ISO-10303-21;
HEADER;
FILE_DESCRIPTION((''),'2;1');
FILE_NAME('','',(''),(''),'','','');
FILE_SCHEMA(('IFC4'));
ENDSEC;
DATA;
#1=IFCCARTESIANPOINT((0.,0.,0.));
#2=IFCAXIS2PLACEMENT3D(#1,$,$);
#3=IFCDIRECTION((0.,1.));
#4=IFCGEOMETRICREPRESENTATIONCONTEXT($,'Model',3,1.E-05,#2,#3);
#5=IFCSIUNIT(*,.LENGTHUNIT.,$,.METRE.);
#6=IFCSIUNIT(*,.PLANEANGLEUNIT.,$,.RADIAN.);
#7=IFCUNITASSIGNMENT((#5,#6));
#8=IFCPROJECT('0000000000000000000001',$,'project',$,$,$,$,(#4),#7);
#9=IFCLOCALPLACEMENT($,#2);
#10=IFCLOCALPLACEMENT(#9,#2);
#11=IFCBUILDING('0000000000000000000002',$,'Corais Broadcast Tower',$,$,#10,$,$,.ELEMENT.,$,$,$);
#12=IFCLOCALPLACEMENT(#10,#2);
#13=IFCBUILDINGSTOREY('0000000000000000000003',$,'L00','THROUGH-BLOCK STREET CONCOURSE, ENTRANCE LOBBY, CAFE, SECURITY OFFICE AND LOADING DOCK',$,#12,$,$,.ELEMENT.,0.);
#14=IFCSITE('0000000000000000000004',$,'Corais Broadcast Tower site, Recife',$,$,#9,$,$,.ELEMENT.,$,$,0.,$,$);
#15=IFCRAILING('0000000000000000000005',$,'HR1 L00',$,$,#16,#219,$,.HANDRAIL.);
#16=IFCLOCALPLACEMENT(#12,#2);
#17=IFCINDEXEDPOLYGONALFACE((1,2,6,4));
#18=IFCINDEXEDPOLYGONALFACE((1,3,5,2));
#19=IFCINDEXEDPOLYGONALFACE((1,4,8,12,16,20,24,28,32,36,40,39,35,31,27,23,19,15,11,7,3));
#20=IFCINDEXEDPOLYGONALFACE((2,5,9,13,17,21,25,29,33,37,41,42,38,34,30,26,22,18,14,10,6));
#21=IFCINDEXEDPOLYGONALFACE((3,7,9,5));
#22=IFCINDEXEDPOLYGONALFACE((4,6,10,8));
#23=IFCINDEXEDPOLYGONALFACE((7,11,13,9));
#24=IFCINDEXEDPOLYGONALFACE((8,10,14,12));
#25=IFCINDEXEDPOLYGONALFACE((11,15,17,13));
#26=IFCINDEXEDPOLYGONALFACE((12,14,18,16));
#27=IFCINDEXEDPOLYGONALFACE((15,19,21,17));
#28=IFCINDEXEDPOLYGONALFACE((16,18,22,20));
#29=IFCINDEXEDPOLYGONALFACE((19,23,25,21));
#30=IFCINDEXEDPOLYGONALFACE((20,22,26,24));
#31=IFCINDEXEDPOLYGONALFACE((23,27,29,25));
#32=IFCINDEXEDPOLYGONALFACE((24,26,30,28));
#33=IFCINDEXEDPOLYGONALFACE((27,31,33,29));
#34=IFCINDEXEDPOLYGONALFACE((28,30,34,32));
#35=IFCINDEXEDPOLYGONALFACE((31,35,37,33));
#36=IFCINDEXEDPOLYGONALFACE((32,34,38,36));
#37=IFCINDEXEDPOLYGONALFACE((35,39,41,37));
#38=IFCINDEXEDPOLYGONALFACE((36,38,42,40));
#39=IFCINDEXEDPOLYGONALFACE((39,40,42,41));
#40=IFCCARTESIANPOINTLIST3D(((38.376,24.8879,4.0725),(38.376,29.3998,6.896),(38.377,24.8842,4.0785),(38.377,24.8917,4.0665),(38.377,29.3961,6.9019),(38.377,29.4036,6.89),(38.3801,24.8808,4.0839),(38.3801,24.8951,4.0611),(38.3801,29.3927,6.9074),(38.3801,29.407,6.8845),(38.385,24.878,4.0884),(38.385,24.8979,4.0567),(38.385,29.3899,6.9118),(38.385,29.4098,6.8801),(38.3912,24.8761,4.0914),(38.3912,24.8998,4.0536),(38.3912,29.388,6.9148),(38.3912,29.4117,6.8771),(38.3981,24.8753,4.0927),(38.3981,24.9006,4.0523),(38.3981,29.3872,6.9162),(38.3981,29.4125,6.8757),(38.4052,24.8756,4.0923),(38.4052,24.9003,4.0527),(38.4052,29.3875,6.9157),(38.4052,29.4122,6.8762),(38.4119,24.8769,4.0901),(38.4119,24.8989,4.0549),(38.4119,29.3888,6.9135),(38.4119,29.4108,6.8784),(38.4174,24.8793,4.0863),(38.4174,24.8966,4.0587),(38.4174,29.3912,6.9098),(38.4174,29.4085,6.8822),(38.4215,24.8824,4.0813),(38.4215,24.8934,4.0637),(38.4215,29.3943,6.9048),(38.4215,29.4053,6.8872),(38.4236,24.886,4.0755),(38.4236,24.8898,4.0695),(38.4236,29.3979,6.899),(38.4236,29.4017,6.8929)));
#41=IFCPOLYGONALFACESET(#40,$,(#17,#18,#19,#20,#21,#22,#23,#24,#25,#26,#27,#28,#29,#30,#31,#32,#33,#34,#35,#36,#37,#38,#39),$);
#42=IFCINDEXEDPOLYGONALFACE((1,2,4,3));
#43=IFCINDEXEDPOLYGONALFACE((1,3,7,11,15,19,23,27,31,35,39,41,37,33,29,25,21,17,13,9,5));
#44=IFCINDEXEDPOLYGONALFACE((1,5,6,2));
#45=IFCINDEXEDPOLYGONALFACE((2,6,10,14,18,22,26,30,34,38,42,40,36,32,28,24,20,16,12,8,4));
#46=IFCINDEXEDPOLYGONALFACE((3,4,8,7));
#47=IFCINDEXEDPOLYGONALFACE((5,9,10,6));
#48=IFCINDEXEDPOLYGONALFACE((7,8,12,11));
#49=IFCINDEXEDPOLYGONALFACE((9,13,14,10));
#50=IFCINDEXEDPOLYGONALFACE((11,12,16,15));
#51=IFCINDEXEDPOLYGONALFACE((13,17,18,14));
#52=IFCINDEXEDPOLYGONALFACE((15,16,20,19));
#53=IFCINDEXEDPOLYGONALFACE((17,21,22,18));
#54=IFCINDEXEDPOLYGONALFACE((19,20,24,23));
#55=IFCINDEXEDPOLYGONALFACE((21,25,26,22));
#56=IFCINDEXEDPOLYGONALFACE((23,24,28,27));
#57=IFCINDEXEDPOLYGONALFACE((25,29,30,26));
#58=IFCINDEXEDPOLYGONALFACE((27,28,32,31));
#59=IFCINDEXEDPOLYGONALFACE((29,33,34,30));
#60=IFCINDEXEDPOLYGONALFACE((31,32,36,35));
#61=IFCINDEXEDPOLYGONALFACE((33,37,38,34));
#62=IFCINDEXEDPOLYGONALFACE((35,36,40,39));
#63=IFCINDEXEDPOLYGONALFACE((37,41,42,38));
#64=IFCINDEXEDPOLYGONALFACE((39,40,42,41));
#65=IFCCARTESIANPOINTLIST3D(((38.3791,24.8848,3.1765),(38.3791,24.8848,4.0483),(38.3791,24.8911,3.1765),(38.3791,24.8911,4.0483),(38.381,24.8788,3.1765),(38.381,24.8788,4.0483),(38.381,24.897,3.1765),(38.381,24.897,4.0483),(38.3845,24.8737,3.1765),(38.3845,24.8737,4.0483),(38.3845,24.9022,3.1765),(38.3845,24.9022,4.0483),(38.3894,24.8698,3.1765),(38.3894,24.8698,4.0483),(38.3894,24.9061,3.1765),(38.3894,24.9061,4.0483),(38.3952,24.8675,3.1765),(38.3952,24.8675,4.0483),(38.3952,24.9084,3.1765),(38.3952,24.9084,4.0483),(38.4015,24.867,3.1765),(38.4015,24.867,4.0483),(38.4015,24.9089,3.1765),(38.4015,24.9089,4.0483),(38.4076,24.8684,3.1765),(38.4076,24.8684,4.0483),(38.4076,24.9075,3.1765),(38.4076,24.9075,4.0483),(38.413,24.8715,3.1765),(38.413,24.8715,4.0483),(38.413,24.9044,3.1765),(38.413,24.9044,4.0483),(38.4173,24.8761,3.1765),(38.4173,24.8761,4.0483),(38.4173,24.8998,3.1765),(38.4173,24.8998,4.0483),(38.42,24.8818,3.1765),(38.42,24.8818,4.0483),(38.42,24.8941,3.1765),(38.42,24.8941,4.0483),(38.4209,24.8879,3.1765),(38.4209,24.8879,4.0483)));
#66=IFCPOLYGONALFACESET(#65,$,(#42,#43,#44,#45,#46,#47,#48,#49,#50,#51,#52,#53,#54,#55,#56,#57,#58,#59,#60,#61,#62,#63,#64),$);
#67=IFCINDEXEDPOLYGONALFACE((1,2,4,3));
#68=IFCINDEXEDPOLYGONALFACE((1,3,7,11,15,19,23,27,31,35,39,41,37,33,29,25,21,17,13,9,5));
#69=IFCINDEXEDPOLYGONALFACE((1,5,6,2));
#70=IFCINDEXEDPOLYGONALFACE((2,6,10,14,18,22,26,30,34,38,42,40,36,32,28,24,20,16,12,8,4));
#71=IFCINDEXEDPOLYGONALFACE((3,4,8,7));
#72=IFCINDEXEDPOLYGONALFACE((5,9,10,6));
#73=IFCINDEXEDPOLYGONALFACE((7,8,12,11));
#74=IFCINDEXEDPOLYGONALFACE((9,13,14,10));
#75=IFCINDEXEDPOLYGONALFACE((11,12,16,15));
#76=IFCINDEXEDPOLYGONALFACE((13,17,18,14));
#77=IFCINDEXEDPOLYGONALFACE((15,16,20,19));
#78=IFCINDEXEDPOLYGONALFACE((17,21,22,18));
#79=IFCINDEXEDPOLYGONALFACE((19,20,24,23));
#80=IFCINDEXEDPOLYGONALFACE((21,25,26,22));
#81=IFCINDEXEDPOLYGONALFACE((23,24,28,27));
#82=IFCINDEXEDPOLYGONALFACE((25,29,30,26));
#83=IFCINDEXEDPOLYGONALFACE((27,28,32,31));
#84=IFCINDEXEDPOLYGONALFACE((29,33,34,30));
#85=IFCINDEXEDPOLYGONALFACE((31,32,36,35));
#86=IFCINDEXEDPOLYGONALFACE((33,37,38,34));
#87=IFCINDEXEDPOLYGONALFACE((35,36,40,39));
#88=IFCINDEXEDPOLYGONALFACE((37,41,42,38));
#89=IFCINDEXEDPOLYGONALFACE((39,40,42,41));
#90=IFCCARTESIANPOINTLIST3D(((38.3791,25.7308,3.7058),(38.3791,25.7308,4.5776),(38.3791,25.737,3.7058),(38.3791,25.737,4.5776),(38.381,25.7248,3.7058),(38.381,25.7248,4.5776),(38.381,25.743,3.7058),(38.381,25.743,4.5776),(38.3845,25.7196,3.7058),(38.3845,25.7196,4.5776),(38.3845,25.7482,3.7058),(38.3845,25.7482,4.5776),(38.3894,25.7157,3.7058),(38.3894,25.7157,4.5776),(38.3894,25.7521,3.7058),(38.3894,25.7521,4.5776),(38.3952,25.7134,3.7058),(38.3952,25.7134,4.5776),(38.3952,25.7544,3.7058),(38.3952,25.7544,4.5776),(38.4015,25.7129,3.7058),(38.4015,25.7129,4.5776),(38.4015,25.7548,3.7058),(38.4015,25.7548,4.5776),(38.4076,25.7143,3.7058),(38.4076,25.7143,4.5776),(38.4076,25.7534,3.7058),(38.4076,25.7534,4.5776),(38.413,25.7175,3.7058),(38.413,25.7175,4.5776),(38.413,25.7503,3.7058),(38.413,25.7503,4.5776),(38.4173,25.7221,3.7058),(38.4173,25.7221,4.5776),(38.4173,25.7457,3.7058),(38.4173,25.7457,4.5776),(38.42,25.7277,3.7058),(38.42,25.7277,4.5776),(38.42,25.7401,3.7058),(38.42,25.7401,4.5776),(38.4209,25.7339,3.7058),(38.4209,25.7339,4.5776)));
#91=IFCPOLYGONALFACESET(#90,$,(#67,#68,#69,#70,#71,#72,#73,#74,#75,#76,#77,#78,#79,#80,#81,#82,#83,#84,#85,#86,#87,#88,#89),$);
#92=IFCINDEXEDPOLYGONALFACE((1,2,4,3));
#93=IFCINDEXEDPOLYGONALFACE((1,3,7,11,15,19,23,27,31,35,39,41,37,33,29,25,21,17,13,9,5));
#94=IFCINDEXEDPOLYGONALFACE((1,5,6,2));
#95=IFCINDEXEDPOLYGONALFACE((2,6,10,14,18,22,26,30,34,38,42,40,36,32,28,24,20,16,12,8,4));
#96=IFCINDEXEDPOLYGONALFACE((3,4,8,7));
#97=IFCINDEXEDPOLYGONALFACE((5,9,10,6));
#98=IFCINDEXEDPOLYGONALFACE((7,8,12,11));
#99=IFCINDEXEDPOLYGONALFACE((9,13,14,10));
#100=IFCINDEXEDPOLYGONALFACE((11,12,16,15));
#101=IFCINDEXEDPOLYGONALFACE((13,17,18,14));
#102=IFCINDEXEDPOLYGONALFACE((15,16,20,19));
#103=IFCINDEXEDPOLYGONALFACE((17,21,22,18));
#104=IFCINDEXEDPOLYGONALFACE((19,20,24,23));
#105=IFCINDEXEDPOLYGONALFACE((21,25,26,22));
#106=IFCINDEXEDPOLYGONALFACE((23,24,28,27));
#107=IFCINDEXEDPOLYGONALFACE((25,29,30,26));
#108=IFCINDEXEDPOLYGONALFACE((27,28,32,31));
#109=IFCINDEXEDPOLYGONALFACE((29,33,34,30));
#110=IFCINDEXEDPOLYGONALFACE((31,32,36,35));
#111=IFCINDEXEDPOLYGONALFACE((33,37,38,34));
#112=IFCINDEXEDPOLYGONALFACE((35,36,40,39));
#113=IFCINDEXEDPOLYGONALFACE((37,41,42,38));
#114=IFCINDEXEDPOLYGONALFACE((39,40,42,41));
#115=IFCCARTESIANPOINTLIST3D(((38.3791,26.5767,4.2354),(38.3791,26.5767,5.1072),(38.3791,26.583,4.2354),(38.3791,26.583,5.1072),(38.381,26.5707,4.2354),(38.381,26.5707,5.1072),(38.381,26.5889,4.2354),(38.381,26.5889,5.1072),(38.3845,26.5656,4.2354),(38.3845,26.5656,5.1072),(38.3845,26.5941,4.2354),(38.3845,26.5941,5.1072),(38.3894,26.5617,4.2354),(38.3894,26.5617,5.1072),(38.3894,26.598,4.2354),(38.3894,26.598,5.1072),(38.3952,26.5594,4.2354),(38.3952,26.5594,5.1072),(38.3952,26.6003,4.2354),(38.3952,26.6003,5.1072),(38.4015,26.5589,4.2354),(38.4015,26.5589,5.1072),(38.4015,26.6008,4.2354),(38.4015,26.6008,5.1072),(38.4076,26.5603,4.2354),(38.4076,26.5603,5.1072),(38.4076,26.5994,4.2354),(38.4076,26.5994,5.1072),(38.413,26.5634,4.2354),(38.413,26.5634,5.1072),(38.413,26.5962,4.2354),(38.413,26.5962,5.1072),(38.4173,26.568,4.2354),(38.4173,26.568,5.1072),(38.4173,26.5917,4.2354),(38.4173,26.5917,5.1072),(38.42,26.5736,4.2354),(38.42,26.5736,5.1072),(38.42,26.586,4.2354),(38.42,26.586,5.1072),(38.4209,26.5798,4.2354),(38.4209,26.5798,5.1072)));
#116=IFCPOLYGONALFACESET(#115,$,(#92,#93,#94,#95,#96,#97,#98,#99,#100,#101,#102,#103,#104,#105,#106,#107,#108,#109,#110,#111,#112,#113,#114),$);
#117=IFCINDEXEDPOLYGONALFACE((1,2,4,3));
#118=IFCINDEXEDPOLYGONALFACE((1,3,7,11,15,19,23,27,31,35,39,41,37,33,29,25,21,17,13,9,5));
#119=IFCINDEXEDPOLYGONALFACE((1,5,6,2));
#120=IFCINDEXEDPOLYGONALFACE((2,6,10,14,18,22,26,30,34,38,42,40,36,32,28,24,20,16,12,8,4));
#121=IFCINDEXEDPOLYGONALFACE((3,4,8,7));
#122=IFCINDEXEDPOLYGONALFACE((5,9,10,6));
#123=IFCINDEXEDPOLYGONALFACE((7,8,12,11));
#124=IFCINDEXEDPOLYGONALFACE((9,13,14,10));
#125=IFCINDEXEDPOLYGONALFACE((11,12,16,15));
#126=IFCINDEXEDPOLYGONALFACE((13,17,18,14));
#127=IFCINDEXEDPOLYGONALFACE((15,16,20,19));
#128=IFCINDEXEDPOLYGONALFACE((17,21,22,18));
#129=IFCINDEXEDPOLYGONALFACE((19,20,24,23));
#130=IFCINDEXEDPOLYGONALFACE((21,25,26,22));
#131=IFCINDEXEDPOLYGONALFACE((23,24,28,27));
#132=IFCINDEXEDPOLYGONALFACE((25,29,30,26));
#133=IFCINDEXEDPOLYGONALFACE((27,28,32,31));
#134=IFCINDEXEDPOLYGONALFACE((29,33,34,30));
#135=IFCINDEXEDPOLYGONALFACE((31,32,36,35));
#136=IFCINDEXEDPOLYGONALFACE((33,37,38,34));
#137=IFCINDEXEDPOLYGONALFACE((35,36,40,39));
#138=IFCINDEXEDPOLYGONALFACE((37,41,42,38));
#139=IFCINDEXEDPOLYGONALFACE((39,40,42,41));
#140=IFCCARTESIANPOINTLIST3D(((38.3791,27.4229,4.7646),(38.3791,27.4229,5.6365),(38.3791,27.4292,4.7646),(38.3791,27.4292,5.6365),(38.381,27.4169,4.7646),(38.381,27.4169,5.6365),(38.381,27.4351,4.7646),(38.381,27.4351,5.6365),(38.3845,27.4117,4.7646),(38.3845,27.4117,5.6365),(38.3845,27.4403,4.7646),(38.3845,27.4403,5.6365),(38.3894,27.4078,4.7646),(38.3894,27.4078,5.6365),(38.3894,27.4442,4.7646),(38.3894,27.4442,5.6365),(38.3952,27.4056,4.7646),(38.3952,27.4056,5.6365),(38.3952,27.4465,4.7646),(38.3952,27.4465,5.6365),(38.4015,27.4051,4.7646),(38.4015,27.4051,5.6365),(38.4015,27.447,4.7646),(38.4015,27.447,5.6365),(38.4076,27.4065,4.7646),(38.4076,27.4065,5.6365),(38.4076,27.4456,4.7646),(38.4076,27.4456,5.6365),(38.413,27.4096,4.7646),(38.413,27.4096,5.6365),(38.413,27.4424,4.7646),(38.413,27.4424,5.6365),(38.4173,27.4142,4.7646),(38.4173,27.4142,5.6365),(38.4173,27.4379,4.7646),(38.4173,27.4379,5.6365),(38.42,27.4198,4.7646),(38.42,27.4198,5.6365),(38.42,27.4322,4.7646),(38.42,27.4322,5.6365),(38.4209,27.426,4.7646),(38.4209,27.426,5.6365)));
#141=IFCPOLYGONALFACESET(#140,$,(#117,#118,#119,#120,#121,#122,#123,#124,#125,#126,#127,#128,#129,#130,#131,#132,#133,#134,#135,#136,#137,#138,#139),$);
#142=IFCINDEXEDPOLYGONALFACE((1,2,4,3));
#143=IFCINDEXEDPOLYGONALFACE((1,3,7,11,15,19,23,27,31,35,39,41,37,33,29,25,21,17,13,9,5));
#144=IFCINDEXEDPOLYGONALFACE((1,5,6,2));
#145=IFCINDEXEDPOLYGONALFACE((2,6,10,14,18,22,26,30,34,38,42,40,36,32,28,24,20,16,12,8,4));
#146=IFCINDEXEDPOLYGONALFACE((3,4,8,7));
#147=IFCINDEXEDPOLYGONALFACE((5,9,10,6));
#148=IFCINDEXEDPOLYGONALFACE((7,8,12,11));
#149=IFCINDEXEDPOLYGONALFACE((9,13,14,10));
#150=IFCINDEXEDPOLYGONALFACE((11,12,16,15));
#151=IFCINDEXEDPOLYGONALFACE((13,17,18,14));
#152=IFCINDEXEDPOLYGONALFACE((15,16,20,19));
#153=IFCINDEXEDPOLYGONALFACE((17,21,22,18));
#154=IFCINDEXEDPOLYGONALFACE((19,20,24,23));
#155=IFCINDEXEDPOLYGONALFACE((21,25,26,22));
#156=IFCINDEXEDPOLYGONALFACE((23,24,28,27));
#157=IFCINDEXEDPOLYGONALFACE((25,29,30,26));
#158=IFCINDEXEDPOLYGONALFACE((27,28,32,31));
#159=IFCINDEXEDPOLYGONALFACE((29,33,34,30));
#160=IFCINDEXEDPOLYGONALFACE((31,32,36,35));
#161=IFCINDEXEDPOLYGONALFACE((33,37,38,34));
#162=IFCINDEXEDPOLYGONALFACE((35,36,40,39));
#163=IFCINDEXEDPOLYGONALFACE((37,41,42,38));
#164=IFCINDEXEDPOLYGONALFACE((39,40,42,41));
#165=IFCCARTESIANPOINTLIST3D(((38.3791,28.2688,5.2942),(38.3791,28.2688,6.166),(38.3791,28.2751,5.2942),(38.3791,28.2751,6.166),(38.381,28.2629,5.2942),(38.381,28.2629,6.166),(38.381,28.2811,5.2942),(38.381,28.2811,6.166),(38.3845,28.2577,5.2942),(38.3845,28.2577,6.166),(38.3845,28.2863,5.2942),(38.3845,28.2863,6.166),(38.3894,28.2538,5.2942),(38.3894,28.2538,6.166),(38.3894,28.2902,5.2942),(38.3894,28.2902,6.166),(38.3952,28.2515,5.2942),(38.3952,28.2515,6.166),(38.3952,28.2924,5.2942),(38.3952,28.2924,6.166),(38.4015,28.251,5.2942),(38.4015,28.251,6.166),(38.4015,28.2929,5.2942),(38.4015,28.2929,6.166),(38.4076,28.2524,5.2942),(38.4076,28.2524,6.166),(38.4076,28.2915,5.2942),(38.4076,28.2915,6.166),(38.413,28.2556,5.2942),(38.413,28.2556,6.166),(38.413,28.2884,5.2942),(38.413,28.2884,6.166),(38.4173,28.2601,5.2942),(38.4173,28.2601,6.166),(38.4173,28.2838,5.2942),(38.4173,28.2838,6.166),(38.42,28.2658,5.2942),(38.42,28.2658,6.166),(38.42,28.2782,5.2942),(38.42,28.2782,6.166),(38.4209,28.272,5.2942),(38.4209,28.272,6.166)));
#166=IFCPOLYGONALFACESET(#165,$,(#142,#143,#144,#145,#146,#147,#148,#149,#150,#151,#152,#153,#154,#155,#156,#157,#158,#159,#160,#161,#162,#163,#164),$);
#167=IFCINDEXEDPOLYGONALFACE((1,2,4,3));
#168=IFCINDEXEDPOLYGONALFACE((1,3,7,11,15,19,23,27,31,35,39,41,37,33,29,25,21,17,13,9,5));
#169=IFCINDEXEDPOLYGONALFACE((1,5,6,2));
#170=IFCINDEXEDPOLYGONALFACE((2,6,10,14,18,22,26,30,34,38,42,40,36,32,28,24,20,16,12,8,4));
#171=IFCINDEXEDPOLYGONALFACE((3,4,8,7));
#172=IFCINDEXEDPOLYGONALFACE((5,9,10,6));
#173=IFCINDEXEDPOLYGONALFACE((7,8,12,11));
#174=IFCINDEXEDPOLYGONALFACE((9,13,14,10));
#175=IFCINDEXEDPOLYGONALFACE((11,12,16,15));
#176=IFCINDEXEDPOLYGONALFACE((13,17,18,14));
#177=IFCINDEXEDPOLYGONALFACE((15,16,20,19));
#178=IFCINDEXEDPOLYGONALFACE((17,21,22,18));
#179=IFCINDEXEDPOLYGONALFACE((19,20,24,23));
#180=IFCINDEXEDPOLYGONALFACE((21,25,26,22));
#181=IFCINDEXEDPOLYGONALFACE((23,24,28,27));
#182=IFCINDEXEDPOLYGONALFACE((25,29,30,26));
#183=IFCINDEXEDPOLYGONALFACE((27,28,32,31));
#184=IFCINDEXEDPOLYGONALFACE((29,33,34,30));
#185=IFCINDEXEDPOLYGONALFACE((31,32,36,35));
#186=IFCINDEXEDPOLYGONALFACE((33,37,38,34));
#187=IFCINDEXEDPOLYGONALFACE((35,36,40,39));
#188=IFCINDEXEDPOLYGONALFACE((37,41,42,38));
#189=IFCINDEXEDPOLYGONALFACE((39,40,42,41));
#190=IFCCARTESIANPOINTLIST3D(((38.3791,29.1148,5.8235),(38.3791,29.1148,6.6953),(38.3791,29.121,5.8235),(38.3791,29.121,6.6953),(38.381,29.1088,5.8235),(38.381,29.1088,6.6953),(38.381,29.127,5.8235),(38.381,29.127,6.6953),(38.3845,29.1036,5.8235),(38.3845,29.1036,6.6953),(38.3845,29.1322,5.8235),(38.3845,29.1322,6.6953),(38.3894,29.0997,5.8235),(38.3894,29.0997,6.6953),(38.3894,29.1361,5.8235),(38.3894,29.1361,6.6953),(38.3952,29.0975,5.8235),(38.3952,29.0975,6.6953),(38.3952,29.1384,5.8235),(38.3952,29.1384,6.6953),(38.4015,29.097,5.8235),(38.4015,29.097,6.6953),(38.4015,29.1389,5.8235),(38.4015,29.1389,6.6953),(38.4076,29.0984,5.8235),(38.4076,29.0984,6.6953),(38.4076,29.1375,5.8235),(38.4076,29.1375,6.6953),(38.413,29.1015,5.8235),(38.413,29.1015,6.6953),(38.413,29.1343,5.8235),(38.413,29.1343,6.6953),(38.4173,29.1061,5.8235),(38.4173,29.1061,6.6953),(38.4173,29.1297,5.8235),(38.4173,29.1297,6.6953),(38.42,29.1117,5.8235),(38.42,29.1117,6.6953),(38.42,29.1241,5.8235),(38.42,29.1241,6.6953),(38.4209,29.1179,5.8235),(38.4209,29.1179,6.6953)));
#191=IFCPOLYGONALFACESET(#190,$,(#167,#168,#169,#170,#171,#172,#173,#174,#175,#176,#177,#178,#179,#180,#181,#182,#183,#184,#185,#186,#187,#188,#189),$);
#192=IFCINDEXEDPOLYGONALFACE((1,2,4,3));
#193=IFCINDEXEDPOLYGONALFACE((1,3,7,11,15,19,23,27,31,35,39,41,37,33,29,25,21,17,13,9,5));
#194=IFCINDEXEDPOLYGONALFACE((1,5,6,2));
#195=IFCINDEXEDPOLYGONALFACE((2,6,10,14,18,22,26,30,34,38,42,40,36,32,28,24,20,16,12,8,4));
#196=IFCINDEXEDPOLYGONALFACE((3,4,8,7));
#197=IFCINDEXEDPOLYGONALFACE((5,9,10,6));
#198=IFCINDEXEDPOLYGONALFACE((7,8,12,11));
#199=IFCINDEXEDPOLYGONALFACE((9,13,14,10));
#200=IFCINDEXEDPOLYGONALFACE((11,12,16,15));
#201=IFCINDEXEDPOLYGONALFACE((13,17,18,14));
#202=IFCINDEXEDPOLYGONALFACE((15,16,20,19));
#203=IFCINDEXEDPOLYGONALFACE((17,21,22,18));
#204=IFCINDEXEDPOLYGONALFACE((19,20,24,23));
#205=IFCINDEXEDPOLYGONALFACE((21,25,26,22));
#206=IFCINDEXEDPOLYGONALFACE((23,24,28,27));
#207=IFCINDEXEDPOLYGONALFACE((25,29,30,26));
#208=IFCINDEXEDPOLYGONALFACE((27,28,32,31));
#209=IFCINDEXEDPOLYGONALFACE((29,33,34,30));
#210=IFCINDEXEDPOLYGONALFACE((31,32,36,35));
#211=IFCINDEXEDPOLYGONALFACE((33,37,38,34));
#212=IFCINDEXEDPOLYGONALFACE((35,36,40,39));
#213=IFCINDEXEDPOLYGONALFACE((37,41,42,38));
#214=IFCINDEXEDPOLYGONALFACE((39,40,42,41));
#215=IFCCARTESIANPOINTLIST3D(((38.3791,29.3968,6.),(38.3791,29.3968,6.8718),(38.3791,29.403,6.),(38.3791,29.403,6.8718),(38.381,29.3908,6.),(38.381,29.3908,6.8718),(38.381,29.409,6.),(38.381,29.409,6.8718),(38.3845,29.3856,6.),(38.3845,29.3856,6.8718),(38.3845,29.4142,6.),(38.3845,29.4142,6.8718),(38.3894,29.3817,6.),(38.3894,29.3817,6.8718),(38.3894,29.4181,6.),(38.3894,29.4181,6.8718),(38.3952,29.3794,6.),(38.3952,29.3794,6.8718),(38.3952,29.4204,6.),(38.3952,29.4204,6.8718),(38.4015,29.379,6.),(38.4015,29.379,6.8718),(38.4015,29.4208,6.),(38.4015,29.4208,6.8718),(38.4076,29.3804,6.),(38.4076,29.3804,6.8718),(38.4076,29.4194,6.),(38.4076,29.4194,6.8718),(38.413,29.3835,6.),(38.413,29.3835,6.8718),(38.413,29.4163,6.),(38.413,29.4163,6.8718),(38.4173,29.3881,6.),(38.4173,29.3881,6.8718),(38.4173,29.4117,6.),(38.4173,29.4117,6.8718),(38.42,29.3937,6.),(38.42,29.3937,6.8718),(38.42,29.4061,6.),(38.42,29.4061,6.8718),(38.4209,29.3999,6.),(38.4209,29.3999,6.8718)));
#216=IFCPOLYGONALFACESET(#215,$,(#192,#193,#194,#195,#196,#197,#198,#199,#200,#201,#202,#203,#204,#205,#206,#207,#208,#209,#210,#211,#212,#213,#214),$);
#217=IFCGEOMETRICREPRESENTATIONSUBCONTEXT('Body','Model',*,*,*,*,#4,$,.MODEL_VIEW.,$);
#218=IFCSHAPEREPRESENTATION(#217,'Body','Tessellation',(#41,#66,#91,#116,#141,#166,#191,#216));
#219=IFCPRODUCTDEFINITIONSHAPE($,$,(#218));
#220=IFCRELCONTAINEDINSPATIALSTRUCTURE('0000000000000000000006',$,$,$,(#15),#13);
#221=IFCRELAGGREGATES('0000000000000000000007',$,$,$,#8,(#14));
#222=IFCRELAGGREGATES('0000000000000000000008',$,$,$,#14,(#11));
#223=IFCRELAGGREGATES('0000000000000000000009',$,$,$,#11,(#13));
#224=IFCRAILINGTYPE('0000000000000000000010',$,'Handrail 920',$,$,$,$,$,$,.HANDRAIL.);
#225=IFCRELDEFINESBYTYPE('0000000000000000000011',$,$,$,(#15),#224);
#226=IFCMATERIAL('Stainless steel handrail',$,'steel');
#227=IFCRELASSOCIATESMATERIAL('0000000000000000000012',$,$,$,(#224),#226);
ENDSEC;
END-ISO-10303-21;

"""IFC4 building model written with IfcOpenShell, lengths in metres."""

from ifc_helpers import new_model, si_unit, direction, frame, origin, origin_2d, place, context, subcontext, project, spatial, circle, extrude, material, type_object, element, save


model = new_model("IFC4")

# Units and contexts
model_context = context("Model", 3, precision=1e-05, world=origin(), true_north=direction((0.0, 1.0)))
body_context = subcontext(model_context, "Body", "Model", "MODEL_VIEW")
ifc_project = project(units=[si_unit("LENGTHUNIT", "METRE"), si_unit("PLANEANGLEUNIT", "RADIAN")], contexts=[model_context])

# Site, building, storey
site_placement = place(None, origin())
site = spatial("IfcSite", under=ifc_project, at=site_placement, Name="Corais Broadcast Tower site, Recife", CompositionType="ELEMENT", RefElevation=0.0)
building_placement = place(site_placement, origin())
building = spatial("IfcBuilding", under=site, at=building_placement, Name="Corais Broadcast Tower", CompositionType="ELEMENT")
storey_placement = place(building_placement, origin())
storey = spatial("IfcBuildingStorey", under=building, at=storey_placement, Name="L00", Description="THROUGH-BLOCK STREET CONCOURSE, ENTRANCE LOBBY, CAFE, SECURITY OFFICE AND LOADING DOCK", CompositionType="ELEMENT", Elevation=0.0)

# Railing
ifc_material_1 = material(Name="Stainless steel handrail", Category="steel")
railing_type = type_object("IfcRailingType", Name="Handrail 920", PredefinedType="HANDRAIL", material=ifc_material_1)
for number, where, name in (
    (1, (38.3999, 24.8879, 3.1765), "HR1 L00"),
):
    element("IfcRailing", number, at=place(storey_placement, frame(where)), inside=storey, type_object=railing_type, Name=name, PredefinedType="HANDRAIL", context=body_context, shape_type="SweptSolid", body=[
        extrude(circle(Radius=0.0239, at=origin_2d()), frame((0.0, 0.0, 0.896), z_axis=(0.0, 0.847702, 0.530473), x_axis=(-1.0, 0.0, 0.0)), (0.0, 0.0, 1.0), 5.3225),
        extrude(circle(Radius=0.021, at=origin_2d()), origin(), (0.0, 0.0, 1.0), 0.8718),
        extrude(circle(Radius=0.021, at=origin_2d()), frame((0.0, 0.8459, 0.5293)), (0.0, 0.0, 1.0), 0.8718),
        extrude(circle(Radius=0.021, at=origin_2d()), frame((0.0, 1.6919, 1.0588)), (0.0, 0.0, 1.0), 0.8718),
        extrude(circle(Radius=0.021, at=origin_2d()), frame((0.0, 2.5381, 1.5881)), (0.0, 0.0, 1.0), 0.8718),
        extrude(circle(Radius=0.021, at=origin_2d()), frame((0.0, 3.384, 2.1177)), (0.0, 0.0, 1.0), 0.8718),
        extrude(circle(Radius=0.021, at=origin_2d()), frame((0.0, 4.23, 2.647)), (0.0, 0.0, 1.0), 0.8718),
        extrude(circle(Radius=0.021, at=origin_2d()), frame((0.0, 4.512, 2.8235)), (0.0, 0.0, 1.0), 0.8718),
    ])

save(model, "model.ifc")
